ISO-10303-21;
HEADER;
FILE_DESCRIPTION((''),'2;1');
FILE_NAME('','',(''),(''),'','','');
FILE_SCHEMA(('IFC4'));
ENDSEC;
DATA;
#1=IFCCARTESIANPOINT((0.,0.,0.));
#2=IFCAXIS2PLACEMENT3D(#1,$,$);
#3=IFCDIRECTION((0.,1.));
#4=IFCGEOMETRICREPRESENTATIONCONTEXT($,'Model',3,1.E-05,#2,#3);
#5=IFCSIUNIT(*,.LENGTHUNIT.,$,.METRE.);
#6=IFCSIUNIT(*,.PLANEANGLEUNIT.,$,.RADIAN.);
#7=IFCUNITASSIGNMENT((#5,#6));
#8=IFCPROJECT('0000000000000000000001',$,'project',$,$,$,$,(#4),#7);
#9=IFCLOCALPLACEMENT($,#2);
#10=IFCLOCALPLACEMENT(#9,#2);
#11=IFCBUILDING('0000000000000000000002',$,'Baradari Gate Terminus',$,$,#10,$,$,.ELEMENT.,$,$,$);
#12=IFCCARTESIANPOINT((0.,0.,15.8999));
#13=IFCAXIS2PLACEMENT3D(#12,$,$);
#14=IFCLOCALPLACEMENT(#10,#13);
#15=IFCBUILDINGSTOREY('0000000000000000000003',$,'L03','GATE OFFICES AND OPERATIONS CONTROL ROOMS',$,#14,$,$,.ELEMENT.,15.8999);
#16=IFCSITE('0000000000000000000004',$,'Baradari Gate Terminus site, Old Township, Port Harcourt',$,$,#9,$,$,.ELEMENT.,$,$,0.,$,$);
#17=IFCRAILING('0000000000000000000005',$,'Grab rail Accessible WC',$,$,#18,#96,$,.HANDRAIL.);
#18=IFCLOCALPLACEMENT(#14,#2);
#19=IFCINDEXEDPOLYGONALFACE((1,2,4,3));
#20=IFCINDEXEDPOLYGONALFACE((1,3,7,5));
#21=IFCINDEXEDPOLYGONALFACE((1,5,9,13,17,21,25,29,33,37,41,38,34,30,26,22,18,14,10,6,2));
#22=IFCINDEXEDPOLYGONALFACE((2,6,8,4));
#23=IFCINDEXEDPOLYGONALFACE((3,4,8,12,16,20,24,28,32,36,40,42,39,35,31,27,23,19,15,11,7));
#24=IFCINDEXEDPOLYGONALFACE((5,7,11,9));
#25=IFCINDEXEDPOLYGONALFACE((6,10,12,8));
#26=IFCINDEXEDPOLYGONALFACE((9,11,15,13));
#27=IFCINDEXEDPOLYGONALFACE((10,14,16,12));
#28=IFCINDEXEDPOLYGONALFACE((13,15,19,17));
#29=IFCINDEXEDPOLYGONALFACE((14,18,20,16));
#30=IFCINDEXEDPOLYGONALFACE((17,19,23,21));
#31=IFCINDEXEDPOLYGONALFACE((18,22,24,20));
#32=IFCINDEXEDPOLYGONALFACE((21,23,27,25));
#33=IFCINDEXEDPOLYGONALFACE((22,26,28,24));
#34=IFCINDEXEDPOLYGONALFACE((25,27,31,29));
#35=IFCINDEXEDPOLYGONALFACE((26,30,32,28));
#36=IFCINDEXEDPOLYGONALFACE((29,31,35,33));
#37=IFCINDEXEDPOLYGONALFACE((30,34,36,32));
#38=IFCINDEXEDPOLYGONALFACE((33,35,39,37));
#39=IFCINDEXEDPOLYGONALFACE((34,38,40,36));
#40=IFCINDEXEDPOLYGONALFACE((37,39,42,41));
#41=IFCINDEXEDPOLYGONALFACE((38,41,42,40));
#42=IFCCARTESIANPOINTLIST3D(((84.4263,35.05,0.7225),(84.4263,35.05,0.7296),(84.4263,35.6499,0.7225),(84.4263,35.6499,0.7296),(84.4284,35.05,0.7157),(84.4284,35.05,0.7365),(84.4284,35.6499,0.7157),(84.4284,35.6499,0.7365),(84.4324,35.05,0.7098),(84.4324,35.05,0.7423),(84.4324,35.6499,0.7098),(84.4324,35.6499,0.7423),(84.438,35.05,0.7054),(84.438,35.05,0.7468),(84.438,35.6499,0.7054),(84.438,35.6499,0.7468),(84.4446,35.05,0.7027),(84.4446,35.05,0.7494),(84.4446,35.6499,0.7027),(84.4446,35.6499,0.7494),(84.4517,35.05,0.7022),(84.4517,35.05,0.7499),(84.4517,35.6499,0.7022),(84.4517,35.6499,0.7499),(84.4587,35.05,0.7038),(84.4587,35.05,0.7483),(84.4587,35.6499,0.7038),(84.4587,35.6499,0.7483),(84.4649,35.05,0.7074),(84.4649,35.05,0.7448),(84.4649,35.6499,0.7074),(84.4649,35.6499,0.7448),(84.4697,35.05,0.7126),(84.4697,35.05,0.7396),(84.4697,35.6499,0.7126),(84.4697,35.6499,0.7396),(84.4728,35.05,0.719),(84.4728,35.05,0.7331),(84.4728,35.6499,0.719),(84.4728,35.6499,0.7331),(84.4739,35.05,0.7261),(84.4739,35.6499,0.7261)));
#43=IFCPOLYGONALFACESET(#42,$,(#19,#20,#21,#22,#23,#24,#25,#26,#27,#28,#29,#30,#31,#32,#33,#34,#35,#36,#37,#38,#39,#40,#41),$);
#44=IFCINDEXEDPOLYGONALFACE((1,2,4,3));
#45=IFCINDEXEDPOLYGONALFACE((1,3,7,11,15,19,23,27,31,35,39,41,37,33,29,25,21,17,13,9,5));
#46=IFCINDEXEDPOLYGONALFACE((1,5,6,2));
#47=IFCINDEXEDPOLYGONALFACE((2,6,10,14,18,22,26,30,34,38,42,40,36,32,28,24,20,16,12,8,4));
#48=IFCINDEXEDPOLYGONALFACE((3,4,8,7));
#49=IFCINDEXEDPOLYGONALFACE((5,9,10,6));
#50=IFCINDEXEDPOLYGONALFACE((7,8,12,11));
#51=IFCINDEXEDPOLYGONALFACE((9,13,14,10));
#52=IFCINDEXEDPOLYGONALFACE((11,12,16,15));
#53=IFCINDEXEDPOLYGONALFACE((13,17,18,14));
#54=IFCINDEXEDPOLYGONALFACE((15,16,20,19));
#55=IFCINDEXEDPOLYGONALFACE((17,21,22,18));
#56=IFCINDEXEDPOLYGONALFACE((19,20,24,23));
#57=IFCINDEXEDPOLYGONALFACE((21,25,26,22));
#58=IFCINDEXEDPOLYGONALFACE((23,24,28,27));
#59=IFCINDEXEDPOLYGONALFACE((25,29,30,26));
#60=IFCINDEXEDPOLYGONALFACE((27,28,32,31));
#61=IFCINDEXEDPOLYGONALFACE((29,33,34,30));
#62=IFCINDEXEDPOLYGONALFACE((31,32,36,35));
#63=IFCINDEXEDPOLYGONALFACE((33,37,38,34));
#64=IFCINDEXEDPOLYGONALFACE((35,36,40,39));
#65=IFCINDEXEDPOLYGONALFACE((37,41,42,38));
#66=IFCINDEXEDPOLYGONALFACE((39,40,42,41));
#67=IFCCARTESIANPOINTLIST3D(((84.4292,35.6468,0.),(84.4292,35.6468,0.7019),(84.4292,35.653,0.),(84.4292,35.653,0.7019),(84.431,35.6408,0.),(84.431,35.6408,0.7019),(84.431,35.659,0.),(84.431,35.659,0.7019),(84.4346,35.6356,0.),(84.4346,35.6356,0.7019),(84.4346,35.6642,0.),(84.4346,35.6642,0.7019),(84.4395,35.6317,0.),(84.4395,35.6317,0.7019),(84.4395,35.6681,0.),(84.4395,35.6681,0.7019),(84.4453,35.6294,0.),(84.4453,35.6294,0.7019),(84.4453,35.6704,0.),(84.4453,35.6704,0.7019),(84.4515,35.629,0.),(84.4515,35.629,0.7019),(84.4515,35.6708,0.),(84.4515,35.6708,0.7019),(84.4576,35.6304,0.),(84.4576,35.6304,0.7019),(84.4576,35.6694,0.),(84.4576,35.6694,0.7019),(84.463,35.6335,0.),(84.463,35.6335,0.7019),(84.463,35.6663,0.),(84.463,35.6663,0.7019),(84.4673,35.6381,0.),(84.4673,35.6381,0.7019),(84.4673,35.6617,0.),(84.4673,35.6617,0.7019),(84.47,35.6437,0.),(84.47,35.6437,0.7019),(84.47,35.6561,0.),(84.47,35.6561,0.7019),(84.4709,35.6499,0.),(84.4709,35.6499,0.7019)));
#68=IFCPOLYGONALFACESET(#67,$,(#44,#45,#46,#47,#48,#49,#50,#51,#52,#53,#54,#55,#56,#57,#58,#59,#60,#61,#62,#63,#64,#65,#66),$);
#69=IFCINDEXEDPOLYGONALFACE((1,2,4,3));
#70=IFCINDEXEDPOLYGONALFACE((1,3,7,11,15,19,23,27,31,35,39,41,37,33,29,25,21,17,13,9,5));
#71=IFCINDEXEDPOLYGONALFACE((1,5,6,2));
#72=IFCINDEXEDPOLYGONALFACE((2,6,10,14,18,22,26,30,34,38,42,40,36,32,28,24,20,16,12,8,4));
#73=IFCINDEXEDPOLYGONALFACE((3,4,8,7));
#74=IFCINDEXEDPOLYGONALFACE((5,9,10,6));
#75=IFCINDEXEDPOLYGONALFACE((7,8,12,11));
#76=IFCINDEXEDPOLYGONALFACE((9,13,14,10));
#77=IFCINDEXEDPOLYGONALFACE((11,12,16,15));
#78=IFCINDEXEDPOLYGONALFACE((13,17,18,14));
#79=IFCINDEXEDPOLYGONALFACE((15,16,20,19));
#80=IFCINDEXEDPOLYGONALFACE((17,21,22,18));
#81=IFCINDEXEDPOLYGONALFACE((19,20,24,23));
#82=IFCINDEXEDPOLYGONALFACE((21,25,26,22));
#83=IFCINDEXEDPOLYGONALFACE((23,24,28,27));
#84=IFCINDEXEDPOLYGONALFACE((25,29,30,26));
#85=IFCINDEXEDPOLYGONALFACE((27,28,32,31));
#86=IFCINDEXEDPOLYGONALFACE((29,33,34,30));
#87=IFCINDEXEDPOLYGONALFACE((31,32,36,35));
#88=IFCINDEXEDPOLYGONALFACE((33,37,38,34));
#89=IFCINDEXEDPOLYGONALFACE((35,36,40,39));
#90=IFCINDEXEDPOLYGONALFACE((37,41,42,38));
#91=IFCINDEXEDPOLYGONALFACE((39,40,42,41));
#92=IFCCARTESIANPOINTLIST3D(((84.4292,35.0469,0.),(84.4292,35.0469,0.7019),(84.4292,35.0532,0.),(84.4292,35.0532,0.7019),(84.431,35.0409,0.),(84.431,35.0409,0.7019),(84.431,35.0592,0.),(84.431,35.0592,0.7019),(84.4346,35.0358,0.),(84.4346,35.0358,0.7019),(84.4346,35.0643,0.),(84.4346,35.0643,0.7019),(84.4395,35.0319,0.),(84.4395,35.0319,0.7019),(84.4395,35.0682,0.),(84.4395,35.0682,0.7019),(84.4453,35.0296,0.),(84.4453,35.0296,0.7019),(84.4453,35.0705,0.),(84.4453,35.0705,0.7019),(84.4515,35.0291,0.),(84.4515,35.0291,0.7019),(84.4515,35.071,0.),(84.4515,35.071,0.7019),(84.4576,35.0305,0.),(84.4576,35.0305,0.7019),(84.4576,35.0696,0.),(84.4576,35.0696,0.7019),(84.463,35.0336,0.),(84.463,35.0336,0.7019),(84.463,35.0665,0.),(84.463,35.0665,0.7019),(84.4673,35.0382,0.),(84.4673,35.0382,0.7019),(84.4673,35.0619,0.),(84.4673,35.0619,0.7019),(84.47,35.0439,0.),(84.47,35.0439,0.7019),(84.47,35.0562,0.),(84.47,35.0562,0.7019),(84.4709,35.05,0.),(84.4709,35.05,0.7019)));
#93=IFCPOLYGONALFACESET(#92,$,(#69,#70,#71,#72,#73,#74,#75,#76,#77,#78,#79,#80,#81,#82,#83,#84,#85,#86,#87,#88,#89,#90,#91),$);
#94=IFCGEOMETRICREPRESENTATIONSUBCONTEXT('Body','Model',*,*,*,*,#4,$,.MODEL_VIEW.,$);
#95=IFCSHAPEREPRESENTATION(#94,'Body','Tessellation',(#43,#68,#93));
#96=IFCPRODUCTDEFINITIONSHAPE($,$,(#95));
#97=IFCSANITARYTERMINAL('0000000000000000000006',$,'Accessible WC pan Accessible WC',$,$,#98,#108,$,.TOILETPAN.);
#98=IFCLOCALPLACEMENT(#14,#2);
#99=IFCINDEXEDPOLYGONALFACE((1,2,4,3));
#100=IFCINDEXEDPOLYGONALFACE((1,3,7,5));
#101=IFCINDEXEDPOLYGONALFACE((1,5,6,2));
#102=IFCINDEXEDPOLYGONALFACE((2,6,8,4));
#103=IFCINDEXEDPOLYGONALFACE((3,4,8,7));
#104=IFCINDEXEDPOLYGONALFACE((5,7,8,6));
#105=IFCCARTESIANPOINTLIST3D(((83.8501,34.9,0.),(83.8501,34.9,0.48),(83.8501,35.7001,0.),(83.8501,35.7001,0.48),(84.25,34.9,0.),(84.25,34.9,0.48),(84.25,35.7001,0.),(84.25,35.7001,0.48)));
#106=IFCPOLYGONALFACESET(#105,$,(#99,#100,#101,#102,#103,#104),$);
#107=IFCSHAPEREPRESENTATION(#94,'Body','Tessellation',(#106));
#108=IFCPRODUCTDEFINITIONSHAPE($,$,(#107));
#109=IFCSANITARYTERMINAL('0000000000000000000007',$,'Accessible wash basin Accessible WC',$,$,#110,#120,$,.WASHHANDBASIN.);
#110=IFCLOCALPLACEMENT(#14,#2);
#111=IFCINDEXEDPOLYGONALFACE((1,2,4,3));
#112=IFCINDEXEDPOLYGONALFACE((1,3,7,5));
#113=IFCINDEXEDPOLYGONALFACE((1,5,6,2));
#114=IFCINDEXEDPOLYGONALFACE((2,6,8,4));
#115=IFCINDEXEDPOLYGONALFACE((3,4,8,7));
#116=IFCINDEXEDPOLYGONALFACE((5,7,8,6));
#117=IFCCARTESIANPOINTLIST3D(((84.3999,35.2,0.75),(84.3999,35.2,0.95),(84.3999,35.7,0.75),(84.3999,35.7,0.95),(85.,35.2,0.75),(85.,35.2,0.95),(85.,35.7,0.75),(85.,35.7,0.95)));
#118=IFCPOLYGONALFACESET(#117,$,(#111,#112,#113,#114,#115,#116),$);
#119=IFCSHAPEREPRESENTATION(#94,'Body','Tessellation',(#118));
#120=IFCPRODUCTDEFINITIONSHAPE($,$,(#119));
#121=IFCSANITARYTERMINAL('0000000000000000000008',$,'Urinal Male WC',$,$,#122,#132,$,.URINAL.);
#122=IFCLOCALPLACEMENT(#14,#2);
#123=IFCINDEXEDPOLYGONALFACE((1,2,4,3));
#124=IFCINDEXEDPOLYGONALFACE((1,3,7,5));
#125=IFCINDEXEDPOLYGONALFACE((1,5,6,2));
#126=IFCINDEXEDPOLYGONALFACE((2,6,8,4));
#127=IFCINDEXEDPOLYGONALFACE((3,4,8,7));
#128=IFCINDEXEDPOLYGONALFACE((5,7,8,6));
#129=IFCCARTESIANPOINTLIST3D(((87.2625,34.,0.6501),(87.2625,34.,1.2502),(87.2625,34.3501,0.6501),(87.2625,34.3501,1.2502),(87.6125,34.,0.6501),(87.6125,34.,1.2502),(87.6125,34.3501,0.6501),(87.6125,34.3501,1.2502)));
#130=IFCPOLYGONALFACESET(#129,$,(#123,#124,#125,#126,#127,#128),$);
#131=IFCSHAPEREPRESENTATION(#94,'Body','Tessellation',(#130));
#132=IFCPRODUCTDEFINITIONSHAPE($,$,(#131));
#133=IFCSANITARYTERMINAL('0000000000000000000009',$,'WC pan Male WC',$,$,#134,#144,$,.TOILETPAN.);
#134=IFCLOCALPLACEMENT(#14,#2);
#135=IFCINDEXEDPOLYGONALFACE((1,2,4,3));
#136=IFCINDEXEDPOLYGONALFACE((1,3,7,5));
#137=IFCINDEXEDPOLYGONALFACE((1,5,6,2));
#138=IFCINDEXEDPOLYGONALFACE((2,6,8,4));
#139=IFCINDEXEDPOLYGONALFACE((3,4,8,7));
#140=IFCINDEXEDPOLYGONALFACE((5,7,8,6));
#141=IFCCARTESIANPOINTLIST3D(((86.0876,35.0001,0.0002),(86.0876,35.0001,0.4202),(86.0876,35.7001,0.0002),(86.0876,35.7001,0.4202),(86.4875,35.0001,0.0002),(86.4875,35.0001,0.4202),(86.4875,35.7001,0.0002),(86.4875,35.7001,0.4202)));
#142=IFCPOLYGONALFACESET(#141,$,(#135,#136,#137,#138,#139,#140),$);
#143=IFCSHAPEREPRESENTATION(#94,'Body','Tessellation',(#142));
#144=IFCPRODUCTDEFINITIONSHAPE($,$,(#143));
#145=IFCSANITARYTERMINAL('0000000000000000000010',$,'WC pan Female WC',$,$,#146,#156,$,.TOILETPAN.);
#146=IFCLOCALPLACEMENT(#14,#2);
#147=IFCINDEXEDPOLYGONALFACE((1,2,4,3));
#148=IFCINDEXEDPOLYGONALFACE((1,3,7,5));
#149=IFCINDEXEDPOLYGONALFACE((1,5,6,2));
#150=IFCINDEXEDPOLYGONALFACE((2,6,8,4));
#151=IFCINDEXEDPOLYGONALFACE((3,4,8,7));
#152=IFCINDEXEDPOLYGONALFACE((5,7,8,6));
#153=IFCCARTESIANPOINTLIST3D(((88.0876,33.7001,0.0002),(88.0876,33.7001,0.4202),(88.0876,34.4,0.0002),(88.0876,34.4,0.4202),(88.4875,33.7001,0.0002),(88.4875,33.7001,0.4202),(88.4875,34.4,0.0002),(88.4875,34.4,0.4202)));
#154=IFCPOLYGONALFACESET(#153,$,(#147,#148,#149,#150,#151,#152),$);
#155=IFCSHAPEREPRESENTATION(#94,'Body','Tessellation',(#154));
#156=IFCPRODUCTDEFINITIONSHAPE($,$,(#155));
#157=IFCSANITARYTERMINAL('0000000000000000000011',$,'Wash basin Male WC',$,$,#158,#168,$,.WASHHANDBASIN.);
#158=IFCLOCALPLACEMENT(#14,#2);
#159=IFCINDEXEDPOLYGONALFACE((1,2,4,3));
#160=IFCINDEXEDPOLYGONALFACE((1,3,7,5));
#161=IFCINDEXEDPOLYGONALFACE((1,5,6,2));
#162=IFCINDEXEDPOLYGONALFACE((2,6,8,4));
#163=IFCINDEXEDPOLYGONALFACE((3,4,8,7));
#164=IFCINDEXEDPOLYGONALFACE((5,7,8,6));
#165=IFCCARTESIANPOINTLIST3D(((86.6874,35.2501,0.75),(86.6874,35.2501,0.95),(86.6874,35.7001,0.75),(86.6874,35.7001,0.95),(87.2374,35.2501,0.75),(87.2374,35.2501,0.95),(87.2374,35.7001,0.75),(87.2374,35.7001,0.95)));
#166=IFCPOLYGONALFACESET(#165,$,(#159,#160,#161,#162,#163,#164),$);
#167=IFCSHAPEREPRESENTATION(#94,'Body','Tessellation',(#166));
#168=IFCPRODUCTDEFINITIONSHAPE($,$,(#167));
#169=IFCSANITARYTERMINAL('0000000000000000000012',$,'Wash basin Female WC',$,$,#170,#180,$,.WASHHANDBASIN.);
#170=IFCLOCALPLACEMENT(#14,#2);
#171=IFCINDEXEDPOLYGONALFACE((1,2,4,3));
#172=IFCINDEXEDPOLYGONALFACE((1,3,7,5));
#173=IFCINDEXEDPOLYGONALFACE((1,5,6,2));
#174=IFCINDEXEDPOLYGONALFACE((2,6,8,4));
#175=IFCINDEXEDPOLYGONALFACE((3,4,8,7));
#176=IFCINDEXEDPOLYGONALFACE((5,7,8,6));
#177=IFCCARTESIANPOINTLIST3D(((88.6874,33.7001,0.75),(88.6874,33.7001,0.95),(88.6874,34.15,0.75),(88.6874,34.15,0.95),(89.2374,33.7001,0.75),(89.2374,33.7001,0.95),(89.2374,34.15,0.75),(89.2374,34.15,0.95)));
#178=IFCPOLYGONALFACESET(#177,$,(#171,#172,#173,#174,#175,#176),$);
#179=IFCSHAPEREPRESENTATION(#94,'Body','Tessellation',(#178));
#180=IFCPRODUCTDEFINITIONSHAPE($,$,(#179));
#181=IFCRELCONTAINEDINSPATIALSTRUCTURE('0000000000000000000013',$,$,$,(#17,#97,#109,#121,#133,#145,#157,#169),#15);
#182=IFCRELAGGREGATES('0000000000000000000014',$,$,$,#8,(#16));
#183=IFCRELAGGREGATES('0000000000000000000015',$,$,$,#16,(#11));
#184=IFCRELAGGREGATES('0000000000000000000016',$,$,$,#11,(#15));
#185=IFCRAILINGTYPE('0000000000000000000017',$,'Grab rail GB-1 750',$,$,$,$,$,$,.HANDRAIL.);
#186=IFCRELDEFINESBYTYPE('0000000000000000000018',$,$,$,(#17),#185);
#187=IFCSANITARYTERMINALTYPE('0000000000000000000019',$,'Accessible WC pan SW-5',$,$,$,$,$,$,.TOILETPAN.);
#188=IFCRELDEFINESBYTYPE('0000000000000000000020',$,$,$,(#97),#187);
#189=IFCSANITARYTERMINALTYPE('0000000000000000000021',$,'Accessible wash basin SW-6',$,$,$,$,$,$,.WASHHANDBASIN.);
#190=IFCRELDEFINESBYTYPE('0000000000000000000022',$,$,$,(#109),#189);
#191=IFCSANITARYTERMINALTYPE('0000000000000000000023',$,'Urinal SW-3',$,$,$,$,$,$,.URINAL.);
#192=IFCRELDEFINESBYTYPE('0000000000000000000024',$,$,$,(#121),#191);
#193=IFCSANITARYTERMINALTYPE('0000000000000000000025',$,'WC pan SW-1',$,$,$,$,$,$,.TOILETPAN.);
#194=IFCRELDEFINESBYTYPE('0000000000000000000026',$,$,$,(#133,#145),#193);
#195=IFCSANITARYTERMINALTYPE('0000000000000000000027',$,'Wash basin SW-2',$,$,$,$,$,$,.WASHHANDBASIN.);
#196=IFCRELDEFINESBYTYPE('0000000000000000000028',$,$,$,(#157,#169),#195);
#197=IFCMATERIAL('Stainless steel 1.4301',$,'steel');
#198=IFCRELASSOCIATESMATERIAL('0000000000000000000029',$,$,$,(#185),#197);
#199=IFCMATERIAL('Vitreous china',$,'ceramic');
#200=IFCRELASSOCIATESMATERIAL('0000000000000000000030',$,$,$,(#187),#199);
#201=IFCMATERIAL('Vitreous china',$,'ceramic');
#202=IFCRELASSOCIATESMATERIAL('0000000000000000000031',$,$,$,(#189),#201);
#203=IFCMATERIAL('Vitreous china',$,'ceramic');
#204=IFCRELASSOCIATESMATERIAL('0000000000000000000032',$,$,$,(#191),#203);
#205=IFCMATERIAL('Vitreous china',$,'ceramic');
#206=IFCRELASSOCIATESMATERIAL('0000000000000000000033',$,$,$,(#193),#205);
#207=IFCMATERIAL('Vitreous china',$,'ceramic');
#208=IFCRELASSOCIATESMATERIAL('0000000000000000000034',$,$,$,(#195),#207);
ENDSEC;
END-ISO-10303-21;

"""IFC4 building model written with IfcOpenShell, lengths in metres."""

from ifc_helpers import new_model, si_unit, direction, frame, origin, origin_2d, place, context, subcontext, project, spatial, rectangle, circle, extrude, material, type_object, element, save


model = new_model("IFC4")

# Units and contexts
model_context = context("Model", 3, precision=1e-05, world=origin(), true_north=direction((0.0, 1.0)))
body_context = subcontext(model_context, "Body", "Model", "MODEL_VIEW")
ifc_project = project(units=[si_unit("LENGTHUNIT", "METRE"), si_unit("PLANEANGLEUNIT", "RADIAN")], contexts=[model_context])

# Site, building, storey
site_placement = place(None, origin())
site = spatial("IfcSite", under=ifc_project, at=site_placement, Name="Baradari Gate Terminus site, Old Township, Port Harcourt", CompositionType="ELEMENT", RefElevation=0.0)
building_placement = place(site_placement, origin())
building = spatial("IfcBuilding", under=site, at=building_placement, Name="Baradari Gate Terminus", CompositionType="ELEMENT")
storey_placement = place(building_placement, frame((0.0, 0.0, 15.8999)))
storey = spatial("IfcBuildingStorey", under=building, at=storey_placement, Name="L03", Description="GATE OFFICES AND OPERATIONS CONTROL ROOMS", CompositionType="ELEMENT", Elevation=15.8999)

# Railing
ifc_material_1 = material(Name="Stainless steel 1.4301", Category="steel")
railing_type = type_object("IfcRailingType", Name="Grab rail GB-1 750", PredefinedType="HANDRAIL", material=ifc_material_1)
for number, where, name in (
    (1, (84.45, 35.6499, 0.0), "Grab rail Accessible WC"),
):
    element("IfcRailing", number, at=place(storey_placement, frame(where)), inside=storey, type_object=railing_type, Name=name, PredefinedType="HANDRAIL", context=body_context, shape_type="SweptSolid", body=[
        extrude(circle(Radius=0.0239, at=origin_2d()), frame((0.0, 0.0, 0.7261), z_axis=(0.0, -1.0, 0.0), x_axis=(1.0, 0.0, 0.0)), (0.0, 0.0, 1.0), 0.5999),
        extrude(circle(Radius=0.021, at=origin_2d()), origin(), (0.0, 0.0, 1.0), 0.7019),
        extrude(circle(Radius=0.021, at=origin_2d()), frame((0.0, -0.5999, 0.0)), (0.0, 0.0, 1.0), 0.7019),
    ])

# Sanitary terminals
ifc_material_2 = material(Name="Vitreous china", Category="ceramic")
sanitary_terminal_type_1 = type_object("IfcSanitaryTerminalType", Name="Accessible WC pan SW-5", PredefinedType="TOILETPAN", material=ifc_material_2)
sanitary_terminal_1_placement = place(storey_placement, frame((84.05, 35.3, 0.0), z_axis=(0.0, 0.0, 1.0), x_axis=(1.0, 0.0, 0.0)))
element("IfcSanitaryTerminal", 2, at=sanitary_terminal_1_placement, inside=storey, type_object=sanitary_terminal_type_1, Name="Accessible WC pan Accessible WC", PredefinedType="TOILETPAN", context=body_context, shape_type="SweptSolid", body=[
    extrude(rectangle(XDim=0.3999, YDim=0.8, at=origin_2d()), origin(), (0.0, 0.0, 1.0), 0.48),
])
ifc_material_3 = material(Name="Vitreous china", Category="ceramic")
sanitary_terminal_type_2 = type_object("IfcSanitaryTerminalType", Name="Accessible wash basin SW-6", PredefinedType="WASHHANDBASIN", material=ifc_material_3)
sanitary_terminal_2_placement = place(storey_placement, frame((84.7, 35.45, 0.75), z_axis=(0.0, 0.0, 1.0), x_axis=(1.0, 0.0, 0.0)))
element("IfcSanitaryTerminal", 3, at=sanitary_terminal_2_placement, inside=storey, type_object=sanitary_terminal_type_2, Name="Accessible wash basin Accessible WC", PredefinedType="WASHHANDBASIN", context=body_context, shape_type="SweptSolid", body=[
    extrude(rectangle(XDim=0.6001, YDim=0.5, at=origin_2d()), origin(), (0.0, 0.0, 1.0), 0.2),
])
ifc_material_4 = material(Name="Vitreous china", Category="ceramic")
sanitary_terminal_type_3 = type_object("IfcSanitaryTerminalType", Name="Urinal SW-3", PredefinedType="URINAL", material=ifc_material_4)
sanitary_terminal_3_placement = place(storey_placement, frame((87.4375, 34.175, 0.6501), z_axis=(0.0, 0.0, 1.0), x_axis=(1.0, 0.0, 0.0)))
element("IfcSanitaryTerminal", 4, at=sanitary_terminal_3_placement, inside=storey, type_object=sanitary_terminal_type_3, Name="Urinal Male WC", PredefinedType="URINAL", context=body_context, shape_type="SweptSolid", body=[
    extrude(rectangle(XDim=0.3501, YDim=0.3501, at=origin_2d()), origin(), (0.0, 0.0, 1.0), 0.6001),
])
ifc_material_5 = material(Name="Vitreous china", Category="ceramic")
sanitary_terminal_type_4 = type_object("IfcSanitaryTerminalType", Name="WC pan SW-1", PredefinedType="TOILETPAN", material=ifc_material_5)
for number, where, z_axis, x_axis, name in (
    (5, (86.2876, 35.3501, 0.0002), (0.0, 0.0, 1.0), (1.0, 0.0, 0.0), "WC pan Male WC"),
    (6, (88.2876, 34.05, 0.0002), (0.0, 0.0, 1.0), (1.0, 0.0, 0.0), "WC pan Female WC"),
):
    element("IfcSanitaryTerminal", number, at=place(storey_placement, frame(where, z_axis=z_axis, x_axis=x_axis)), inside=storey, type_object=sanitary_terminal_type_4, Name=name, PredefinedType="TOILETPAN", context=body_context, shape_type="SweptSolid", body=[
        extrude(rectangle(XDim=0.3999, YDim=0.7, at=origin_2d()), origin(), (0.0, 0.0, 1.0), 0.4199),
    ])
ifc_material_6 = material(Name="Vitreous china", Category="ceramic")
sanitary_terminal_type_5 = type_object("IfcSanitaryTerminalType", Name="Wash basin SW-2", PredefinedType="WASHHANDBASIN", material=ifc_material_6)
for number, where, z_axis, x_axis, name in (
    (7, (86.9624, 35.4751, 0.75), (0.0, 0.0, 1.0), (1.0, 0.0, 0.0), "Wash basin Male WC"),
    (8, (88.9624, 33.925, 0.75), (0.0, 0.0, 1.0), (1.0, 0.0, 0.0), "Wash basin Female WC"),
):
    element("IfcSanitaryTerminal", number, at=place(storey_placement, frame(where, z_axis=z_axis, x_axis=x_axis)), inside=storey, type_object=sanitary_terminal_type_5, Name=name, PredefinedType="WASHHANDBASIN", context=body_context, shape_type="SweptSolid", body=[
        extrude(rectangle(XDim=0.55, YDim=0.45, at=origin_2d()), origin(), (0.0, 0.0, 1.0), 0.2),
    ])

save(model, "model.ifc")
